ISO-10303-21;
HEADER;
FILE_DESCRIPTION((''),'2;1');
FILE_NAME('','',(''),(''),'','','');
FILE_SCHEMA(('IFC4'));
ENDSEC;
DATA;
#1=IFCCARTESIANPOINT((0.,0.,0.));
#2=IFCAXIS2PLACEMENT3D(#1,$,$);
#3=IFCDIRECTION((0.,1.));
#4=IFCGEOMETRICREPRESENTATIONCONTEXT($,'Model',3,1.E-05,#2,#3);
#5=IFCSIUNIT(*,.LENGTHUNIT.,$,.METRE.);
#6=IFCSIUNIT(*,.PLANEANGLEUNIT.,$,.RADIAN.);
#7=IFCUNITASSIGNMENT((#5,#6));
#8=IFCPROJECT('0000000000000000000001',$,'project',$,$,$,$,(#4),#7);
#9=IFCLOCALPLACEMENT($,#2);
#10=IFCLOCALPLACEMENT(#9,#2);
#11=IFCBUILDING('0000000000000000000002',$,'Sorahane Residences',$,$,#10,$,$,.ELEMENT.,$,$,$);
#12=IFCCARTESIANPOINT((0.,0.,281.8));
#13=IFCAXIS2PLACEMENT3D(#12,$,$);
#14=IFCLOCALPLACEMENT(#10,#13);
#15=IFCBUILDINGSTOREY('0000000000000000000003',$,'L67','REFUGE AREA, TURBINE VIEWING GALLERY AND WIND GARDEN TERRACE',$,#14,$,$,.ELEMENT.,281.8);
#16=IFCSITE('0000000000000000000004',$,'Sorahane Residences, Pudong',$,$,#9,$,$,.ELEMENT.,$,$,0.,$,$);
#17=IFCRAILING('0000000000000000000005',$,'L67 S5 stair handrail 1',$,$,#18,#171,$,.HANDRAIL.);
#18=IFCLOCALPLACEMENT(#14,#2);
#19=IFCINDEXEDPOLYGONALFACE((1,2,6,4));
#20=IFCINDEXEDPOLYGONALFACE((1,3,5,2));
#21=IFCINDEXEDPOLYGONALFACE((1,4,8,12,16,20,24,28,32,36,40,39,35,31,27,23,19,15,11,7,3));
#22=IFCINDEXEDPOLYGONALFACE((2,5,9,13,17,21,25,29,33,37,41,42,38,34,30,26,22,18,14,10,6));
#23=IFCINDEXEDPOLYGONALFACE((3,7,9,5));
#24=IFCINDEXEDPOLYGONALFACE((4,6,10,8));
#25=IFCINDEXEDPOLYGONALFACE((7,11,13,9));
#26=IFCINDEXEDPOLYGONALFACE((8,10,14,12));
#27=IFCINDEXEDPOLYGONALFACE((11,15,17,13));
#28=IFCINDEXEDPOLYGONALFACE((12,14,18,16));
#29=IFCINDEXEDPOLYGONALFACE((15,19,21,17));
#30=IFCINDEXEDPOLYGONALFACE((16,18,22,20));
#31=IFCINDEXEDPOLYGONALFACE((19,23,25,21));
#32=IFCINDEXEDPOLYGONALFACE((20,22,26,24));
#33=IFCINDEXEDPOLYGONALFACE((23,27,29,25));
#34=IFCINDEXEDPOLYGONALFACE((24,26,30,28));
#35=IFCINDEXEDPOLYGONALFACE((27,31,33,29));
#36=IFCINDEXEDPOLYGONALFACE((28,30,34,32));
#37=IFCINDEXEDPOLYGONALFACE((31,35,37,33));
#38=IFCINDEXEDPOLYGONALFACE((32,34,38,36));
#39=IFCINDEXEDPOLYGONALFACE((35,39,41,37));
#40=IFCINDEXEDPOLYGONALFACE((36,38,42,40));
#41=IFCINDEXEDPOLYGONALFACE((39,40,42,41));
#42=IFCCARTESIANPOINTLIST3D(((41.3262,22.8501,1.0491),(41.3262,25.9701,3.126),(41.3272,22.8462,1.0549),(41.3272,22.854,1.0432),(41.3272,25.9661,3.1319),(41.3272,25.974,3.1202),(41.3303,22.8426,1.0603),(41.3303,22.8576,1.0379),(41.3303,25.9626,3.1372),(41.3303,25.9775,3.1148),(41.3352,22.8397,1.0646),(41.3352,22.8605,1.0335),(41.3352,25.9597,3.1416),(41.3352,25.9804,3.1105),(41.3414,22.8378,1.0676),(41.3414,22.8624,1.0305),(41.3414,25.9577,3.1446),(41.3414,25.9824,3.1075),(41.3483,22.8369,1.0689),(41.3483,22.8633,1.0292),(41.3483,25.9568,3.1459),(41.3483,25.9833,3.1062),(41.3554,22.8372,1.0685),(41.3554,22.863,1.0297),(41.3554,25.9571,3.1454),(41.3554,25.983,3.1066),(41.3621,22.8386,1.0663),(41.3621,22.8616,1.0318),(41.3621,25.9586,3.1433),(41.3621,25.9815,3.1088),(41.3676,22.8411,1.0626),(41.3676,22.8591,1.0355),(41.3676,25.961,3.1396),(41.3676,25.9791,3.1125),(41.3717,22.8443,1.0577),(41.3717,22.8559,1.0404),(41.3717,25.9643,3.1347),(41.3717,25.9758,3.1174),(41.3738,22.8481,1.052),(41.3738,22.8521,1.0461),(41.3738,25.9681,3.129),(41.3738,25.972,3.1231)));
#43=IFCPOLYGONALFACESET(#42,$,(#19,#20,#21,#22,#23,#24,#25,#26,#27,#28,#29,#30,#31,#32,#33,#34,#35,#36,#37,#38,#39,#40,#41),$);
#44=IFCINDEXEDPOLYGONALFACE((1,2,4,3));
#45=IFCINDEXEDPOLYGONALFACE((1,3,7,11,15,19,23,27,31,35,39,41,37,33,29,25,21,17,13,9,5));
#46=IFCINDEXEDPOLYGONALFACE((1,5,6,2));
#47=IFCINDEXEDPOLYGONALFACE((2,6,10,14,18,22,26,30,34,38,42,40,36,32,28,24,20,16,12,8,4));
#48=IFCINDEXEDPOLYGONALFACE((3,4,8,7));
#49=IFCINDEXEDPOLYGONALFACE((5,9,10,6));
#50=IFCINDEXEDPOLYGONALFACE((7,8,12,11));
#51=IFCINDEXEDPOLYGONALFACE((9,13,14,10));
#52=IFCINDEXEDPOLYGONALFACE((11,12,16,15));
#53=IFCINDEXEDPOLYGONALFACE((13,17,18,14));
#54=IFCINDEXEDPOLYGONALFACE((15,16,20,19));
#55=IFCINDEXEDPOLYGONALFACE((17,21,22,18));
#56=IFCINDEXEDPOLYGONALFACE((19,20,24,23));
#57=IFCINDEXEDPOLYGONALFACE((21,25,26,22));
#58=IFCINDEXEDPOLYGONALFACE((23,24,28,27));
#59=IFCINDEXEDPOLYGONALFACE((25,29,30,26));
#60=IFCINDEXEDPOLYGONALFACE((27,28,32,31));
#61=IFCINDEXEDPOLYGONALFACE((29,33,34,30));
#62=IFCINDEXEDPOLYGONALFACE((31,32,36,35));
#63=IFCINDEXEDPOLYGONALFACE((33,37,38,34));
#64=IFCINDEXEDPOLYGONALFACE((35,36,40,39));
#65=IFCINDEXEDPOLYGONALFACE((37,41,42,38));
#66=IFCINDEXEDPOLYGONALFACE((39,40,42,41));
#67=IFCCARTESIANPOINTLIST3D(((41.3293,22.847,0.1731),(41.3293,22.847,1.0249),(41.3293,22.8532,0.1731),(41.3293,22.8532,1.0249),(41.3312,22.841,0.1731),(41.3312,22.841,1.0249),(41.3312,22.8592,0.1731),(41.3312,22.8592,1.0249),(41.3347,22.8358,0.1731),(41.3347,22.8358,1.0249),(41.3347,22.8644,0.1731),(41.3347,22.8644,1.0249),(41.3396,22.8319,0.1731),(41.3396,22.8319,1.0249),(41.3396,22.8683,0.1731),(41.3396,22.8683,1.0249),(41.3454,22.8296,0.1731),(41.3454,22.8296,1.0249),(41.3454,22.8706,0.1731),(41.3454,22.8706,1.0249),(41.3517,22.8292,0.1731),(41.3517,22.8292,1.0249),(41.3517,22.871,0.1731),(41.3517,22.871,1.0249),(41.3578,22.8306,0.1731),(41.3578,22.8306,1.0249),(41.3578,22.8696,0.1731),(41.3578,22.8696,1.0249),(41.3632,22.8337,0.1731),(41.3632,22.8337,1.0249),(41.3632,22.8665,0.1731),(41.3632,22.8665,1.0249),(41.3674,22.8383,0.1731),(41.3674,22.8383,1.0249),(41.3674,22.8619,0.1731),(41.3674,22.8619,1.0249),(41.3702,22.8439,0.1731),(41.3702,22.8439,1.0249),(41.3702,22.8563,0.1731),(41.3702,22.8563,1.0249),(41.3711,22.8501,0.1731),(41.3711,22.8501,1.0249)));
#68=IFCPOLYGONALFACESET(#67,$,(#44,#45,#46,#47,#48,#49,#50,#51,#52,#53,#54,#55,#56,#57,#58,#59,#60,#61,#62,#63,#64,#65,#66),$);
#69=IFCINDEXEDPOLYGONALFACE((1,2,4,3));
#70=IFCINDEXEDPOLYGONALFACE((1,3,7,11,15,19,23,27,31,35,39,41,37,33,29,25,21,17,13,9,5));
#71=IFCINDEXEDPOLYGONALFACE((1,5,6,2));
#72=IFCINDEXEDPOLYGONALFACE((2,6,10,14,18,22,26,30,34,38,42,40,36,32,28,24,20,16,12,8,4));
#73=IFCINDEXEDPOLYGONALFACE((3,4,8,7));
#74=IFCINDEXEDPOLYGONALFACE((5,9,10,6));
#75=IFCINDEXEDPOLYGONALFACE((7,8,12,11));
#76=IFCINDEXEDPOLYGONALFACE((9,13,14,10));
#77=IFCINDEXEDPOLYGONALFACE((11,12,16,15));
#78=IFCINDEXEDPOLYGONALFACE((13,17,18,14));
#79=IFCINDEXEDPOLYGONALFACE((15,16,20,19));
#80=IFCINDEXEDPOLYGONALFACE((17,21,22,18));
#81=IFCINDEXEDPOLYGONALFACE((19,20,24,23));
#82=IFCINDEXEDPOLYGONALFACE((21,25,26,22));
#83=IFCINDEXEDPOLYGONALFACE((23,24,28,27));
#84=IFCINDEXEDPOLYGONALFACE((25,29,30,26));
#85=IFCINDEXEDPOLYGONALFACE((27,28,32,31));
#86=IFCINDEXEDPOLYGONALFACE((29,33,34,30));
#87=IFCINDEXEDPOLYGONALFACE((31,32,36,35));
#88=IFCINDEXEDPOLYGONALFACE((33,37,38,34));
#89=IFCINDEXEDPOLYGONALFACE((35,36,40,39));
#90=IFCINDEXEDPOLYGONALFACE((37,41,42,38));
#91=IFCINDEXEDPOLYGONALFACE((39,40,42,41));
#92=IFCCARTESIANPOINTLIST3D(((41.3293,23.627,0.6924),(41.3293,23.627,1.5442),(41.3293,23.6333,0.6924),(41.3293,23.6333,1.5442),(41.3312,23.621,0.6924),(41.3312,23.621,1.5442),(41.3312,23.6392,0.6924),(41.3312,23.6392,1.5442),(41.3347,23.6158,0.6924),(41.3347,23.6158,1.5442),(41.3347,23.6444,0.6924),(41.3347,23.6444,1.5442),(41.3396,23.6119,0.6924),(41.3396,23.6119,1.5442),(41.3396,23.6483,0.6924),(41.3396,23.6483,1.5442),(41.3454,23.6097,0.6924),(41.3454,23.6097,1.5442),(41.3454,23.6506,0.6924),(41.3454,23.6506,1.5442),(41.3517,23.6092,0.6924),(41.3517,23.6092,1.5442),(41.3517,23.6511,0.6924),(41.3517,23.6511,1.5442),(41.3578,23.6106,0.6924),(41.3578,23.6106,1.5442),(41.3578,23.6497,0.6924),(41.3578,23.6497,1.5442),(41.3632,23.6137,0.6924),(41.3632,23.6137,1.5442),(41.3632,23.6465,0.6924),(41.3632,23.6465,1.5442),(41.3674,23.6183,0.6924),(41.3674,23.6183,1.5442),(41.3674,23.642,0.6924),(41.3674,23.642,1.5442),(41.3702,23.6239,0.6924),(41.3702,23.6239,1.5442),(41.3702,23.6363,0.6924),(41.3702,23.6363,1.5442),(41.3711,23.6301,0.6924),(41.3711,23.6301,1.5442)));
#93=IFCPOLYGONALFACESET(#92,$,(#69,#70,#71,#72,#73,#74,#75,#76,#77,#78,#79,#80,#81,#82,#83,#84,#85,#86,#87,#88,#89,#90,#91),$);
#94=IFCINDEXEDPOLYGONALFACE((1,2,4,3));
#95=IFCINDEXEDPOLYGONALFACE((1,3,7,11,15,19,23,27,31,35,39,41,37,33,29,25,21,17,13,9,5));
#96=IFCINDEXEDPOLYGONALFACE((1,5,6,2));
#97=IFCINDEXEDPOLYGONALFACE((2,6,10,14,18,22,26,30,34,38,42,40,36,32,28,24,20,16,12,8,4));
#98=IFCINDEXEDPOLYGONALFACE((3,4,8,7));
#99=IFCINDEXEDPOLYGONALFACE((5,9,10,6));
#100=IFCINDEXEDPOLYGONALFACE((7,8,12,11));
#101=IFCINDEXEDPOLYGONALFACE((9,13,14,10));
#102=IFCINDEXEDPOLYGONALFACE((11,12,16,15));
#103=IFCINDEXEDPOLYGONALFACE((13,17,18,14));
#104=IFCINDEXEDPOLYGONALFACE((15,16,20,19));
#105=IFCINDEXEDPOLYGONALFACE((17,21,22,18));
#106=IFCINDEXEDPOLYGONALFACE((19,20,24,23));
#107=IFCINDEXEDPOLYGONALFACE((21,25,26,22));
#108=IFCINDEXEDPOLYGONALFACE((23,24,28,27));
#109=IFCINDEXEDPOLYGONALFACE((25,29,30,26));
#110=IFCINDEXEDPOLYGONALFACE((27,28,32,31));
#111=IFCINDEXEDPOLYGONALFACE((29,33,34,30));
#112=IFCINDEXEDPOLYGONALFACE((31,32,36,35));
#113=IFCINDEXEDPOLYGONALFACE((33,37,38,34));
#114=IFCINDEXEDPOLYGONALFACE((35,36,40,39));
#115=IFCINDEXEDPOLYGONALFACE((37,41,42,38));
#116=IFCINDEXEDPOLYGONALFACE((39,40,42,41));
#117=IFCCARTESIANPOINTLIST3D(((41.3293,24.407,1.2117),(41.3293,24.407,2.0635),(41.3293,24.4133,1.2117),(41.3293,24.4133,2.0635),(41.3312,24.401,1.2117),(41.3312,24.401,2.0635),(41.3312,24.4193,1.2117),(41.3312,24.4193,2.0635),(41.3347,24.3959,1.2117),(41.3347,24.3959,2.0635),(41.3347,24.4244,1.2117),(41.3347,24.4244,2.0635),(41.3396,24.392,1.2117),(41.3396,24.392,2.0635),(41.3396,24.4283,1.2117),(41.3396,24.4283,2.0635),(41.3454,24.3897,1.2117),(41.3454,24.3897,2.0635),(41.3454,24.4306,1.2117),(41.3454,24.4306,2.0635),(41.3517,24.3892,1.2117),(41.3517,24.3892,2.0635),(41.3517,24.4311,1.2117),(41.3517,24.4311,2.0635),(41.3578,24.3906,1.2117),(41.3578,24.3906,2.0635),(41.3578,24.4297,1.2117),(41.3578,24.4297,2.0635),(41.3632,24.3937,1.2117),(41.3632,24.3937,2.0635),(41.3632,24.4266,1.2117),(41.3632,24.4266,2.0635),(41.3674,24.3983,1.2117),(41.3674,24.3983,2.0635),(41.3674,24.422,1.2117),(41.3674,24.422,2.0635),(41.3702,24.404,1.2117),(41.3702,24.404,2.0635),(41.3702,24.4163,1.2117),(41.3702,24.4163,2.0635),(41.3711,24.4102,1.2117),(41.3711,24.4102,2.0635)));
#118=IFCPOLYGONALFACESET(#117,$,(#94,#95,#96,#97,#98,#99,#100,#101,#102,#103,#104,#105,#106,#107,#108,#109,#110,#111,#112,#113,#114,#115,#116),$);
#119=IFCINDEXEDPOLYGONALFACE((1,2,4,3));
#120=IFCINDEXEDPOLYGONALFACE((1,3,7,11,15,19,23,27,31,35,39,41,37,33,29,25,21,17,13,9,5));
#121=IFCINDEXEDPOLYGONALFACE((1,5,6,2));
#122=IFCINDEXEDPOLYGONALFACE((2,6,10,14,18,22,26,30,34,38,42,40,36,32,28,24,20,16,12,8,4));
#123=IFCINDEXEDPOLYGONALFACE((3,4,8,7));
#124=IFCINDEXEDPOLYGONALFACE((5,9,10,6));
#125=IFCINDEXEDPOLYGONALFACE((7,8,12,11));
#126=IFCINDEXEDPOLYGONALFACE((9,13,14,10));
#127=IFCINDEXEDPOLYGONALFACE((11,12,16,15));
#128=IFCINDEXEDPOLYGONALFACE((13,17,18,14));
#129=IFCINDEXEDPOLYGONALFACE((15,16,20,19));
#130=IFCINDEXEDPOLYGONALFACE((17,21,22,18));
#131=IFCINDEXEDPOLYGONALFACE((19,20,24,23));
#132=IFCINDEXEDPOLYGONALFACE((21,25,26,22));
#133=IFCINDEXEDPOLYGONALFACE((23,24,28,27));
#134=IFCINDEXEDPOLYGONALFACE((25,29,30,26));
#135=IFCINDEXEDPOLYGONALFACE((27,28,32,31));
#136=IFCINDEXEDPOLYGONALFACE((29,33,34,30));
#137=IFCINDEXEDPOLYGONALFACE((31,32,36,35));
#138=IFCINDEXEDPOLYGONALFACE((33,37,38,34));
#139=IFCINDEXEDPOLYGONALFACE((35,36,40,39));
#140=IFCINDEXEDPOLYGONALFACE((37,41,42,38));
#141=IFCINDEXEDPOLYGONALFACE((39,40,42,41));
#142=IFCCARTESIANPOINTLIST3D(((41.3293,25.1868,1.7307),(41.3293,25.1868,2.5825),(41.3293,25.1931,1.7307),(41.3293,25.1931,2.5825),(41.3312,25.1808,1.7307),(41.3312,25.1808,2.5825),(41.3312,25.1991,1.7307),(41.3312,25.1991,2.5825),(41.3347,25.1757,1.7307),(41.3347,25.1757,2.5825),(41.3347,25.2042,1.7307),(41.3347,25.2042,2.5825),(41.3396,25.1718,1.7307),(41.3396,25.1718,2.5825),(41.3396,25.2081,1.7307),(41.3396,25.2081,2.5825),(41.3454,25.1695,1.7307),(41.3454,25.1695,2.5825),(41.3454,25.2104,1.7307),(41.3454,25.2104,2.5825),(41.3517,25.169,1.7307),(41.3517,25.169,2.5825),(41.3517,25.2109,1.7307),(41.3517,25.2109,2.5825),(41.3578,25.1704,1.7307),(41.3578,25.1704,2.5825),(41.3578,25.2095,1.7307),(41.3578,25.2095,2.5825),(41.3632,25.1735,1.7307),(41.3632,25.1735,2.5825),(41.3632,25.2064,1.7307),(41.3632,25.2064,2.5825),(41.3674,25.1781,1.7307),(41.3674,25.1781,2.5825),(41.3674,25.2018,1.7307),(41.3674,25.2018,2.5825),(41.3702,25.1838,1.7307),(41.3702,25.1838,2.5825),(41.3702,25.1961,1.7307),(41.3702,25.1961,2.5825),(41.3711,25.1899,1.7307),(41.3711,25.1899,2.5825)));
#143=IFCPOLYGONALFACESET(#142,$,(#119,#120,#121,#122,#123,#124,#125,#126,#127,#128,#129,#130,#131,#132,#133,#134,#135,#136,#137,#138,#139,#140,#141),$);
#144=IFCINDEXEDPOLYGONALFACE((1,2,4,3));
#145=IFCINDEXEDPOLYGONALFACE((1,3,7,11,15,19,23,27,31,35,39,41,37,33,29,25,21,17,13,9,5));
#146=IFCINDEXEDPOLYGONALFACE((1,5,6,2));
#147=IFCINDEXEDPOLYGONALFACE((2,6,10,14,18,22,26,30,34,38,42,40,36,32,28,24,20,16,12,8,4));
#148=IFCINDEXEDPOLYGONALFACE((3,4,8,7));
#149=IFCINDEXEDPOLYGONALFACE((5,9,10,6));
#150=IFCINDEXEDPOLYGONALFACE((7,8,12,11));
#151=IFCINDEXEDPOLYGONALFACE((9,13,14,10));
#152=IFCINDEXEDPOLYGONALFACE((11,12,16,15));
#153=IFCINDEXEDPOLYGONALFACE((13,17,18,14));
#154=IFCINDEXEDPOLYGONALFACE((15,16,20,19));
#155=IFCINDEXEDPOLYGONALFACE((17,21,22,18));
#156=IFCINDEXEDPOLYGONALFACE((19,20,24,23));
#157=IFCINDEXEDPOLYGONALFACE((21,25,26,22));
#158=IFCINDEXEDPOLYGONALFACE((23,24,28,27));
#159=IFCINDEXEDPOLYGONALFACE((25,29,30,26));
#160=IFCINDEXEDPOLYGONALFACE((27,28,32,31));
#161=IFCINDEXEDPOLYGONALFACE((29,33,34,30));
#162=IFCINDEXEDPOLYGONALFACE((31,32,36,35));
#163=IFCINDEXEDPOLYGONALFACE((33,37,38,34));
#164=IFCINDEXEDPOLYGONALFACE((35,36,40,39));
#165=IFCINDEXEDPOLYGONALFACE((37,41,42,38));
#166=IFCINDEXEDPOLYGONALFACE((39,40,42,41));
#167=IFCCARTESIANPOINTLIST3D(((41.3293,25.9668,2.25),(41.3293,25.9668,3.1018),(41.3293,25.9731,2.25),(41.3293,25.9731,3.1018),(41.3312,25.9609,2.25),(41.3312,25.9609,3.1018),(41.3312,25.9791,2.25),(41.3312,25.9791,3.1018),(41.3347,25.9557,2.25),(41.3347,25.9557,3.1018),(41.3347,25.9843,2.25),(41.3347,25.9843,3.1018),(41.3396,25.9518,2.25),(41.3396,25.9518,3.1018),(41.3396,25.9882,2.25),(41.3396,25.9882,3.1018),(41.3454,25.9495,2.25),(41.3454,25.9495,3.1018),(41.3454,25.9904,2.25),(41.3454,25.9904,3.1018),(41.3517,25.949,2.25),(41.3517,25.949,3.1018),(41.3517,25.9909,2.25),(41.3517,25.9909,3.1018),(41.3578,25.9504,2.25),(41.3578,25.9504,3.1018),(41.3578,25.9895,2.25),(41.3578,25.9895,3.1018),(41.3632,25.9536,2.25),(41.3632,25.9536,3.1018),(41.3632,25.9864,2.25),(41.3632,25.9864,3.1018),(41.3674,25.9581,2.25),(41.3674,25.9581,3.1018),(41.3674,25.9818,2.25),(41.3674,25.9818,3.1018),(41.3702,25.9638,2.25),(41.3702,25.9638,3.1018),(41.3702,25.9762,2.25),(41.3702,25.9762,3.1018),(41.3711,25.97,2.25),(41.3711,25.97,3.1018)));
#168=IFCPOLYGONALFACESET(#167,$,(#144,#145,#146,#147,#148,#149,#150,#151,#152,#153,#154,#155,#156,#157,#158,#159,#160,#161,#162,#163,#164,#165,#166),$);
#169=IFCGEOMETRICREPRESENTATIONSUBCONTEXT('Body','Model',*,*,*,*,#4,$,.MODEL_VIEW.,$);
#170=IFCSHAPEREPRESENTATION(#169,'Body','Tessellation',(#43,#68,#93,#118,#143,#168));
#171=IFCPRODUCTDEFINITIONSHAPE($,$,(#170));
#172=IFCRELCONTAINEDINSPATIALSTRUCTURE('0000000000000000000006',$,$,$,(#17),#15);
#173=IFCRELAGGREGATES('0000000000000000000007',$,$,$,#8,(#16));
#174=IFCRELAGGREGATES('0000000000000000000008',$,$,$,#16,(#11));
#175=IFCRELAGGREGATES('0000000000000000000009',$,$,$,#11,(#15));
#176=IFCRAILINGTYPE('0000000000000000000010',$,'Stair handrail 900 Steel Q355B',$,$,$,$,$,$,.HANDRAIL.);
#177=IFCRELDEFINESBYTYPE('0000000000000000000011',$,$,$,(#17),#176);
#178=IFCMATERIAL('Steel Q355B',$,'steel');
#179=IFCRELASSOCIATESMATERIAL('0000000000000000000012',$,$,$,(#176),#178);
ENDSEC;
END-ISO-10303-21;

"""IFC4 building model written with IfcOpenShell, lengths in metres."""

from ifc_helpers import new_model, si_unit, direction, frame, origin, origin_2d, place, context, subcontext, project, spatial, circle, extrude, material, type_object, element, save


model = new_model("IFC4")

# Units and contexts
model_context = context("Model", 3, precision=1e-05, world=origin(), true_north=direction((0.0, 1.0)))
body_context = subcontext(model_context, "Body", "Model", "MODEL_VIEW")
ifc_project = project(units=[si_unit("LENGTHUNIT", "METRE"), si_unit("PLANEANGLEUNIT", "RADIAN")], contexts=[model_context])

# Site, building, storey
site_placement = place(None, origin())
site = spatial("IfcSite", under=ifc_project, at=site_placement, Name="Sorahane Residences, Pudong", CompositionType="ELEMENT", RefElevation=0.0)
building_placement = place(site_placement, origin())
building = spatial("IfcBuilding", under=site, at=building_placement, Name="Sorahane Residences", CompositionType="ELEMENT")
storey_placement = place(building_placement, frame((0.0, 0.0, 281.8)))
storey = spatial("IfcBuildingStorey", under=building, at=storey_placement, Name="L67", Description="REFUGE AREA, TURBINE VIEWING GALLERY AND WIND GARDEN TERRACE", CompositionType="ELEMENT", Elevation=281.8)

# Railing
ifc_material_1 = material(Name="Steel Q355B", Category="steel")
railing_type_1 = type_object("IfcRailingType", Name="Stair handrail 900 Steel Q355B", PredefinedType="HANDRAIL", material=ifc_material_1)
railing_1_placement = place(storey_placement, frame((41.3501, 22.8501, 0.1731)))
element("IfcRailing", 1, at=railing_1_placement, inside=storey, type_object=railing_type_1, Name="L67 S5 stair handrail 1", PredefinedType="HANDRAIL", context=body_context, shape_type="SweptSolid", body=[
    extrude(circle(Radius=0.0239, at=origin_2d()), frame((0.0, 0.0, 0.876), z_axis=(0.0, 0.832421, 0.554144), x_axis=(-1.0, 0.0, 0.0)), (0.0, 0.0, 1.0), 3.748),
    extrude(circle(Radius=0.021, at=origin_2d()), origin(), (0.0, 0.0, 1.0), 0.8518),
    extrude(circle(Radius=0.021, at=origin_2d()), frame((0.0, 0.78, 0.5193)), (0.0, 0.0, 1.0), 0.8518),
    extrude(circle(Radius=0.021, at=origin_2d()), frame((0.0, 1.5601, 1.0386)), (0.0, 0.0, 1.0), 0.8518),
    extrude(circle(Radius=0.021, at=origin_2d()), frame((0.0, 2.3398, 1.5576)), (0.0, 0.0, 1.0), 0.8518),
    extrude(circle(Radius=0.021, at=origin_2d()), frame((0.0, 3.1199, 2.0769)), (0.0, 0.0, 1.0), 0.8518),
])

save(model, "model.ifc")
